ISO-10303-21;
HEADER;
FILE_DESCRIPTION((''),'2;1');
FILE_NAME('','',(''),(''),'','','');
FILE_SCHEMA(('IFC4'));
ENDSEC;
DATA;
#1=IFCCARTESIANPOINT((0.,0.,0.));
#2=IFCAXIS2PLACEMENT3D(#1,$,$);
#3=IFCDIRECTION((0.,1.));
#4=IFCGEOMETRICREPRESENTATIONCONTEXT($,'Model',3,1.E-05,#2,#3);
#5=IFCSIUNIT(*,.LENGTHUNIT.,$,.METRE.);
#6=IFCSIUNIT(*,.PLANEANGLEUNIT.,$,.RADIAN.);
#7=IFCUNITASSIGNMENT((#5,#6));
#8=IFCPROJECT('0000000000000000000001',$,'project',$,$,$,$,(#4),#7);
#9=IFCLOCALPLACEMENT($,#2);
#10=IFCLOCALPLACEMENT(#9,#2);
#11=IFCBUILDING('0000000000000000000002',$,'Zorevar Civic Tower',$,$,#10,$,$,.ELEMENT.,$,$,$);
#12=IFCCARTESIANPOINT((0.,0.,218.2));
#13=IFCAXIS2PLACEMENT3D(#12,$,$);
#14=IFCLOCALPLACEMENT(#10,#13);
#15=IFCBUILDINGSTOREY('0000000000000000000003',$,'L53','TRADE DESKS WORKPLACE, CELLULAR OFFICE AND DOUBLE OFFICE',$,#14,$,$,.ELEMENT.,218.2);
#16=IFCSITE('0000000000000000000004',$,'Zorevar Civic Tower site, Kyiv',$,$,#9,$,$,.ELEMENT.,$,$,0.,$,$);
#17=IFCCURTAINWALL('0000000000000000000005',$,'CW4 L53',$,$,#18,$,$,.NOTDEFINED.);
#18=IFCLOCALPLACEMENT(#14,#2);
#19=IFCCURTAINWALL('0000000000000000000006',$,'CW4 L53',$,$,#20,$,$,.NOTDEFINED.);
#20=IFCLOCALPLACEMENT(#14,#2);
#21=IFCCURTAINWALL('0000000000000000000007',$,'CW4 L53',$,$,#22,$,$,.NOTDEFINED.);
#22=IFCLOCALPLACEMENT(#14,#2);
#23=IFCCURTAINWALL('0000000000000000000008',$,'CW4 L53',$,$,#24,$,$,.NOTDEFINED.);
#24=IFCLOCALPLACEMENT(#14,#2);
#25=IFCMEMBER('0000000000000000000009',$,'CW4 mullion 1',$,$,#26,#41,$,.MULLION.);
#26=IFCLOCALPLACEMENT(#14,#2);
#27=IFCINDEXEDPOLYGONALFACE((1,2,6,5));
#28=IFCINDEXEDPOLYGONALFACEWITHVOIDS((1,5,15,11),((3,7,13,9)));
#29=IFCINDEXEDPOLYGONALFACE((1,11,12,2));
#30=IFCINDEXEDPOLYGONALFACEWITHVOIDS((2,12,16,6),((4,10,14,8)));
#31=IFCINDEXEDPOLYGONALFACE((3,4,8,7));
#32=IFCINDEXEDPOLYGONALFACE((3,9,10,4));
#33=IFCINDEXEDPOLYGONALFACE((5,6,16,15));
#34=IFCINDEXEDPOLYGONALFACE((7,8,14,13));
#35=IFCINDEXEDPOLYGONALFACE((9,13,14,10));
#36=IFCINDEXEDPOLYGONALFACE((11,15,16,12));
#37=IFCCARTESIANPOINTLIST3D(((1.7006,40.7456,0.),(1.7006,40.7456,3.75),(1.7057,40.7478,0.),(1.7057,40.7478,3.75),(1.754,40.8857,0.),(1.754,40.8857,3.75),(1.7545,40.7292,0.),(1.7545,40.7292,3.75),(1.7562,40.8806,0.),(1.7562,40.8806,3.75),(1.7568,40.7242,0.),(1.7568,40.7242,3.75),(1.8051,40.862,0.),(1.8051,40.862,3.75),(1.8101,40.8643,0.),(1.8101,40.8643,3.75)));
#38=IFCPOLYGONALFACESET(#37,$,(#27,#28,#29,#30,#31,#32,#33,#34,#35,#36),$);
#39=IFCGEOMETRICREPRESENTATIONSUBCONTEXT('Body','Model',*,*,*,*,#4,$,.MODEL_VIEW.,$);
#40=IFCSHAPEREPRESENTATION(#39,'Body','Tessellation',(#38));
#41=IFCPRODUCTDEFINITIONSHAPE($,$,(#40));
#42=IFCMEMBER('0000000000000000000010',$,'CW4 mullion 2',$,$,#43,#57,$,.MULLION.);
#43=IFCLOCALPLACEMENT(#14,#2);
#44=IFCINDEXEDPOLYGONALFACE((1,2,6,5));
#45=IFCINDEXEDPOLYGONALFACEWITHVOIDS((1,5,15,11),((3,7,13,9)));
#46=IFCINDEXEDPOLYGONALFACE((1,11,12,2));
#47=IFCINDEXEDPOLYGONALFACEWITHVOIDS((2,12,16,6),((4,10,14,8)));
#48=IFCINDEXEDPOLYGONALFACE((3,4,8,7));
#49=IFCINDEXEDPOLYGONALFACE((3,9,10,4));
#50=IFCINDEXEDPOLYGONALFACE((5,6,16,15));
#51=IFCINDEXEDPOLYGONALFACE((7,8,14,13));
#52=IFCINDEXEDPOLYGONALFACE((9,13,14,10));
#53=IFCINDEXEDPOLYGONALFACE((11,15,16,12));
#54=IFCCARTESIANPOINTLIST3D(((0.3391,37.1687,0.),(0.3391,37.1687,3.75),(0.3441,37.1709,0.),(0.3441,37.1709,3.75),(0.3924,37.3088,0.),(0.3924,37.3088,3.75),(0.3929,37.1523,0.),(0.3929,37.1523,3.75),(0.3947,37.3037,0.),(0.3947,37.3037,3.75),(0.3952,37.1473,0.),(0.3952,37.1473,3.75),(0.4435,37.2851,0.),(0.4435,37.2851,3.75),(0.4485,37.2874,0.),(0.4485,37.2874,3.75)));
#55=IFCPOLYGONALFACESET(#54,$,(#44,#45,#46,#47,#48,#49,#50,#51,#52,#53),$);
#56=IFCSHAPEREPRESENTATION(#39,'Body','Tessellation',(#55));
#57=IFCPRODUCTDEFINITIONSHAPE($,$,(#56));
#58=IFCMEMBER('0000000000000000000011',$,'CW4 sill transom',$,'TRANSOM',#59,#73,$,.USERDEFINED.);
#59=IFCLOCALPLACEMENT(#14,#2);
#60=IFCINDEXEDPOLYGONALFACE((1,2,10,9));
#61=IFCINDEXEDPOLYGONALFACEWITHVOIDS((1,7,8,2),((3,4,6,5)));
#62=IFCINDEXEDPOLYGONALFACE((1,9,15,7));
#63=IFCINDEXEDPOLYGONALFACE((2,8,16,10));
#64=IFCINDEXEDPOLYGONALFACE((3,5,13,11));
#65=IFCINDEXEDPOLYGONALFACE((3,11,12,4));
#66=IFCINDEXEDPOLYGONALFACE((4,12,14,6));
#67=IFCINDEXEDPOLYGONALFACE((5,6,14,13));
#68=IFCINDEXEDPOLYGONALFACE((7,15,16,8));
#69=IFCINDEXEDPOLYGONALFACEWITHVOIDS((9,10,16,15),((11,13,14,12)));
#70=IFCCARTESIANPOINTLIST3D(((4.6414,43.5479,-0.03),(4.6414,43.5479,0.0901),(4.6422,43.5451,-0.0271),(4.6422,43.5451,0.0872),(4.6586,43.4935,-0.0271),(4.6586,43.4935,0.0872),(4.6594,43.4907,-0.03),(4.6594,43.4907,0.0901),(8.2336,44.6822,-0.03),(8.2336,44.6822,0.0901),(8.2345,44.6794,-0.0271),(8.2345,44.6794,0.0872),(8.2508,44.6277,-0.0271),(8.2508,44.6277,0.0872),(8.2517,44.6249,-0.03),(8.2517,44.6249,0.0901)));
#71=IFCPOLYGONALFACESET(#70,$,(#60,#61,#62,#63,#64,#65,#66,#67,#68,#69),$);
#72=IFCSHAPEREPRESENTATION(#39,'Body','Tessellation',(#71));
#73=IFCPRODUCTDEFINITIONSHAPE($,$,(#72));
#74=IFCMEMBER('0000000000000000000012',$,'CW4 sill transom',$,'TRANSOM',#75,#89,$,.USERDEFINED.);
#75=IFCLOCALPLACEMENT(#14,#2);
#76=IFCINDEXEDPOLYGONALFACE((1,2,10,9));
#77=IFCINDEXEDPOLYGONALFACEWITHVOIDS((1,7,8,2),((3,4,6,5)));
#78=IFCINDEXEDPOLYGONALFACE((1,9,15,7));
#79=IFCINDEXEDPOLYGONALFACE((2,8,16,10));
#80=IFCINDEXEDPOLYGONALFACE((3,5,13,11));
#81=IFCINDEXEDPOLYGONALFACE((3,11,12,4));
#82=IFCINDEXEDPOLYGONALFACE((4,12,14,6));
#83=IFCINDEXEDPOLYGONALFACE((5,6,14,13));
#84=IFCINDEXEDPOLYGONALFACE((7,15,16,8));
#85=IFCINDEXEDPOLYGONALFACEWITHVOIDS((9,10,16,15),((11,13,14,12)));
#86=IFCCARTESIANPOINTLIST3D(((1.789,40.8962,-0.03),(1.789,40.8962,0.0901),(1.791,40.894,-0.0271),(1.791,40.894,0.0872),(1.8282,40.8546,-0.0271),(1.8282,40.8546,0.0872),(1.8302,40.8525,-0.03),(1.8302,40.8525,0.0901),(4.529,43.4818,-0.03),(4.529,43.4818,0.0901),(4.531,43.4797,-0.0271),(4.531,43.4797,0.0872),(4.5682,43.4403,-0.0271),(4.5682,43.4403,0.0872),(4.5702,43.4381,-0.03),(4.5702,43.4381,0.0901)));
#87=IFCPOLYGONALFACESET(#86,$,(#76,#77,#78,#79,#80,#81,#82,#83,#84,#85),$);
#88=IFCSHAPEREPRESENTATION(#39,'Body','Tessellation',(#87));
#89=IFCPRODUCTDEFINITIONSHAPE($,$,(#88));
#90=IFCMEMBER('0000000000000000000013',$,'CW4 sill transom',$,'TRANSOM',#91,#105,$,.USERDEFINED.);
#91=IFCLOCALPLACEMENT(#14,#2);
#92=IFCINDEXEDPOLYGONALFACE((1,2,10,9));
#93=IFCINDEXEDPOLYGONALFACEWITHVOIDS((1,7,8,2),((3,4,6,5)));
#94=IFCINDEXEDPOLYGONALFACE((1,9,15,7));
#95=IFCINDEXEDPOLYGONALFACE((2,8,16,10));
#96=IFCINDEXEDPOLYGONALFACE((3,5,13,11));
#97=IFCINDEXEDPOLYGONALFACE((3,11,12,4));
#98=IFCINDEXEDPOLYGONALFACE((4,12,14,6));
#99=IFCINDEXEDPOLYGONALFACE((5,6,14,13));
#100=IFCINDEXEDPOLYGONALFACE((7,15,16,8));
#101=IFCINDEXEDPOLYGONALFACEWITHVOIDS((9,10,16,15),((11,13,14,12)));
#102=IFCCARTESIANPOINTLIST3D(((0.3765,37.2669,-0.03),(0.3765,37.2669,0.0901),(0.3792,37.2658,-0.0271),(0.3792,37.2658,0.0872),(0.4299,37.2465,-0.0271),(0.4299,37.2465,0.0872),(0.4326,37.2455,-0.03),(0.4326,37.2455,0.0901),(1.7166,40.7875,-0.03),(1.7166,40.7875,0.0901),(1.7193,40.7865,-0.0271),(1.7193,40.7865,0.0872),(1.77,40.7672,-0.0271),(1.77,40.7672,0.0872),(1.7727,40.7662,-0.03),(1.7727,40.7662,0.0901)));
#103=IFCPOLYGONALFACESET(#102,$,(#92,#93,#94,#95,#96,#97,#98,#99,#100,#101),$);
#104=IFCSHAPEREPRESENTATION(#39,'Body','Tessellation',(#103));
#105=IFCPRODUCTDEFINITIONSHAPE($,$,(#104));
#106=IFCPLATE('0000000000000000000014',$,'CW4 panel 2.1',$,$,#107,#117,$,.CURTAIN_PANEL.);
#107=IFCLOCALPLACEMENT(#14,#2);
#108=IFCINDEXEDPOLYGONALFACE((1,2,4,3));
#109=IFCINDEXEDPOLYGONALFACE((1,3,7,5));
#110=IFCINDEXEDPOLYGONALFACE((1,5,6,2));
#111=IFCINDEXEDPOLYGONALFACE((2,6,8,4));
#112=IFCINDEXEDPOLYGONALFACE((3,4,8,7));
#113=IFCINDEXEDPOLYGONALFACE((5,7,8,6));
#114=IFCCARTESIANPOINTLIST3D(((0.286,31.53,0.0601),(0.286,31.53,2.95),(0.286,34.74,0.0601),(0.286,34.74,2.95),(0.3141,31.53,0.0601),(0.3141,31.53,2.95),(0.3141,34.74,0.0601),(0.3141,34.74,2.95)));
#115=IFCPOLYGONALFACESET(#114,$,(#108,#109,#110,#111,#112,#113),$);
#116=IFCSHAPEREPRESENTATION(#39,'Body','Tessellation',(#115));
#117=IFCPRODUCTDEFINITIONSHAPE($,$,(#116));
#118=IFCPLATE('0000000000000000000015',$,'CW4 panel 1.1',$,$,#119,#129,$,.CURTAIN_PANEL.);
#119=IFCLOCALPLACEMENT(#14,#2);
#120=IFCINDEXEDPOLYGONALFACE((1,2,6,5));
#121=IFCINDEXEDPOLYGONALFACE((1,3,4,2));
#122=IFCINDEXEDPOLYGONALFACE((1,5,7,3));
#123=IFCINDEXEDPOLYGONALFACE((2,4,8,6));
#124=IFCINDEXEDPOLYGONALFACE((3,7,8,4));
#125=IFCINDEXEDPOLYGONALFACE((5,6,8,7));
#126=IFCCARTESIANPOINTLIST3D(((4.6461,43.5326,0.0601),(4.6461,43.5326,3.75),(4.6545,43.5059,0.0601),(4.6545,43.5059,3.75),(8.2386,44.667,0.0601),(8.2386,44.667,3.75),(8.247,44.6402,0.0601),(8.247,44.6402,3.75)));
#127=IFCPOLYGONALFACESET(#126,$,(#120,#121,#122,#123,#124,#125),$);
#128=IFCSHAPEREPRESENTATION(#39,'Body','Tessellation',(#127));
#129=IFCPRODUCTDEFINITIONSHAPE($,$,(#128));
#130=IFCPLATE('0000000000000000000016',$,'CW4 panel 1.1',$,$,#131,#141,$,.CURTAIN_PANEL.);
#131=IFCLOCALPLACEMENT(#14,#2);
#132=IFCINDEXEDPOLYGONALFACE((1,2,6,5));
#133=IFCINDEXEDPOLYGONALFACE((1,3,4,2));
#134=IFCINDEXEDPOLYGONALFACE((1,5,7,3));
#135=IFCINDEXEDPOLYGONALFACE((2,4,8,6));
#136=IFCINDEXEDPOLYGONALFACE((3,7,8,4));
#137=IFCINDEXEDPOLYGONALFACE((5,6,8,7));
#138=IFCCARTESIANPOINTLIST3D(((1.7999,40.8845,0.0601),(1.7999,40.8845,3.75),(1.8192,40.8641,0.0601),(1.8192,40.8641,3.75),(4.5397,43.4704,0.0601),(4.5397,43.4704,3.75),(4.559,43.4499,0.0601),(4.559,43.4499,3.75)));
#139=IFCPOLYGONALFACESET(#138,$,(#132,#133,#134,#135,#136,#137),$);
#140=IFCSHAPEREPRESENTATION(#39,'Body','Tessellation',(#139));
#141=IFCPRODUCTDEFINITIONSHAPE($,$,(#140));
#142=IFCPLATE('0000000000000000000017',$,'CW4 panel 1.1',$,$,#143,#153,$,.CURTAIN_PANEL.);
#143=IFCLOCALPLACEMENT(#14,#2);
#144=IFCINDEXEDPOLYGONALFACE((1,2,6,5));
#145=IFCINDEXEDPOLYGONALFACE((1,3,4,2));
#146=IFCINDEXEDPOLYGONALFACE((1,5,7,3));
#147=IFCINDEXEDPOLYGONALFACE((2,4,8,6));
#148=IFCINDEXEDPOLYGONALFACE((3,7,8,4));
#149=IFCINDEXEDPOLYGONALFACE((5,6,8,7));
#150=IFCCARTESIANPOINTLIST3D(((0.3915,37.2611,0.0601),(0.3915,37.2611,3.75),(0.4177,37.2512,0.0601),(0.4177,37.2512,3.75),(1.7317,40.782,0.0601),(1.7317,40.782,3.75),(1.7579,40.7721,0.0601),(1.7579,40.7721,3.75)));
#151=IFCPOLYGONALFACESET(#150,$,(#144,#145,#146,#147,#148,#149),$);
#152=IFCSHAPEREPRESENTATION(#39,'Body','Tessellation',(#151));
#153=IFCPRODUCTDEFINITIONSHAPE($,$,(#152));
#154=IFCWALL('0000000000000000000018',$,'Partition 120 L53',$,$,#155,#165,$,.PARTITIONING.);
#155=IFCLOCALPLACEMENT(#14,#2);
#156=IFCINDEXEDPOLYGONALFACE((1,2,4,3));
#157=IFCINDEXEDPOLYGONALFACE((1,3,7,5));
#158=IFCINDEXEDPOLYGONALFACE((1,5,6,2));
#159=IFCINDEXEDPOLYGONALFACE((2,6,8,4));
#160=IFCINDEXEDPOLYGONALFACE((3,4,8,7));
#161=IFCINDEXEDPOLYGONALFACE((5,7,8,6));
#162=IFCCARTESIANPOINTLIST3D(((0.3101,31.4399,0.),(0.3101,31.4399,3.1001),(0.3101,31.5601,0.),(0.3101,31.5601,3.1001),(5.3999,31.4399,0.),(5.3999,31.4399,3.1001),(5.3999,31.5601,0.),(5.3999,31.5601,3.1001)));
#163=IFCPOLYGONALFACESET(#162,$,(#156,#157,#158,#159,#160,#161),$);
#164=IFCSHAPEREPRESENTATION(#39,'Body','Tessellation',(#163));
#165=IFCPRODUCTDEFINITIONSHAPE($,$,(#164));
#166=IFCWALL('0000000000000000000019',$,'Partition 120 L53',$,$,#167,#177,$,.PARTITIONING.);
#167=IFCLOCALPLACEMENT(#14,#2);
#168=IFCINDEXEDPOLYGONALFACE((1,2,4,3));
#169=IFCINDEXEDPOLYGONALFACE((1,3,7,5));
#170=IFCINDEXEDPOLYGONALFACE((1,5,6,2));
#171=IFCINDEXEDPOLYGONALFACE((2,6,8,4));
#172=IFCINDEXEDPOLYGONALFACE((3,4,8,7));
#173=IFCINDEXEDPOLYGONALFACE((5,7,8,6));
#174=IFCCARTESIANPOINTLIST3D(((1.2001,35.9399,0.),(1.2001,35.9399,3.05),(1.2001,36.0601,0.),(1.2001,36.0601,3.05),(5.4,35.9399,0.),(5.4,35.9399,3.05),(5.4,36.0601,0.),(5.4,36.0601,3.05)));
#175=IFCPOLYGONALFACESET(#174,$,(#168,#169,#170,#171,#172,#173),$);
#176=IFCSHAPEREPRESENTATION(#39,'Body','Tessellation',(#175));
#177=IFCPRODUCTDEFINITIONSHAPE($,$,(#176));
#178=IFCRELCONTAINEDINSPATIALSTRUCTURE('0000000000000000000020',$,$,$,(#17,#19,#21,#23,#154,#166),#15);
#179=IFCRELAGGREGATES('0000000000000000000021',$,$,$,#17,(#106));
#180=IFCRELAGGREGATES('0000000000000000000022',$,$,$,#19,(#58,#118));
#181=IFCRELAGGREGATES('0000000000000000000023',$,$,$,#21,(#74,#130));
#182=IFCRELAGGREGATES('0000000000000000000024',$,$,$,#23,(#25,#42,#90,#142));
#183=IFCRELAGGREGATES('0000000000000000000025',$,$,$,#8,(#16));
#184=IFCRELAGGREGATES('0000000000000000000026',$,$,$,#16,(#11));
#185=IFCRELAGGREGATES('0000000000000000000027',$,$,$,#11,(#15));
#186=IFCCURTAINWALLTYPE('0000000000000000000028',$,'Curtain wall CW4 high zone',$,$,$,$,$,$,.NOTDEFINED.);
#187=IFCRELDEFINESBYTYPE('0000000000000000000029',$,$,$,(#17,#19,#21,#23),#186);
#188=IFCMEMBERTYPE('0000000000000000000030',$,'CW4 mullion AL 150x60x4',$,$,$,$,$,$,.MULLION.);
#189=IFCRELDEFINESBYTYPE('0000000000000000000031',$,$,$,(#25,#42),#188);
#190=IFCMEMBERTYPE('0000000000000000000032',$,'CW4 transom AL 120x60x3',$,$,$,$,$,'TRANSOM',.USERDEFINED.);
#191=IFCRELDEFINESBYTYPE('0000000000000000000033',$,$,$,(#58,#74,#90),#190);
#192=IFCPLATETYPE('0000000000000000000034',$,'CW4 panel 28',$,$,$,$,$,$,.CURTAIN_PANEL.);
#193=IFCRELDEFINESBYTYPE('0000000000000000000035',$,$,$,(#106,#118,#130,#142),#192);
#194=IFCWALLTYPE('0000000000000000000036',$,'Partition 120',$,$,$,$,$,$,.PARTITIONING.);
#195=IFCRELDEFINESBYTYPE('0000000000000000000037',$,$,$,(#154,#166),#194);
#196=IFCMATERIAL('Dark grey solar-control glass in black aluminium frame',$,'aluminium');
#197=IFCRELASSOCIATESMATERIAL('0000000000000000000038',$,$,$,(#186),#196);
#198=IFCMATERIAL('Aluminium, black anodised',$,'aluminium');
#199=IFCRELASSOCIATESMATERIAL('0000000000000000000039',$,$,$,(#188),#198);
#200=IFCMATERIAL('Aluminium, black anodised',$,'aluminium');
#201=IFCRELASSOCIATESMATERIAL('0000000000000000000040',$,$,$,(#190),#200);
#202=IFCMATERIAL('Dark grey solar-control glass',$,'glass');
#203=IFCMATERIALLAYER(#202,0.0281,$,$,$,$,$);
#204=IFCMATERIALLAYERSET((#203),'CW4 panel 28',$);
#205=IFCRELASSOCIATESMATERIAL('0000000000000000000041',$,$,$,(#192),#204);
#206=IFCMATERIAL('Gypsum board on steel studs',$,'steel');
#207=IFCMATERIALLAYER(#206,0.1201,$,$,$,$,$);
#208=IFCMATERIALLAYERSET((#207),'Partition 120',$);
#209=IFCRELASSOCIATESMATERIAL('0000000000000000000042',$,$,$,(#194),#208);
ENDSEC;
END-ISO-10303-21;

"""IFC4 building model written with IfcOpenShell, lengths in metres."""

from ifc_helpers import new_model, si_unit, direction, frame, frame_2d, origin, origin_2d, place, context, subcontext, project, spatial, rectangle, hollow_rectangle, extrude, material, layer, layer_set, material_profile, profile_set, type_object, element, aggregate, save


model = new_model("IFC4")

# Units and contexts
model_context = context("Model", 3, precision=1e-05, world=origin(), true_north=direction((0.0, 1.0)))
body_context = subcontext(model_context, "Body", "Model", "MODEL_VIEW")
ifc_project = project(units=[si_unit("LENGTHUNIT", "METRE"), si_unit("PLANEANGLEUNIT", "RADIAN")], contexts=[model_context])

# Site, building, storey
site_placement = place(None, origin())
site = spatial("IfcSite", under=ifc_project, at=site_placement, Name="Zorevar Civic Tower site, Kyiv", CompositionType="ELEMENT", RefElevation=0.0)
building_placement = place(site_placement, origin())
building = spatial("IfcBuilding", under=site, at=building_placement, Name="Zorevar Civic Tower", CompositionType="ELEMENT")
storey_placement = place(building_placement, frame((0.0, 0.0, 218.2)))
storey = spatial("IfcBuildingStorey", under=building, at=storey_placement, Name="L53", Description="TRADE DESKS WORKPLACE, CELLULAR OFFICE AND DOUBLE OFFICE", CompositionType="ELEMENT", Elevation=218.2)

# Curtain walls, members
ifc_material_1 = material(Name="Dark grey solar-control glass in black aluminium frame", Category="aluminium")
curtain_wall_type = type_object("IfcCurtainWallType", Name="Curtain wall CW4 high zone", PredefinedType="NOTDEFINED", material=ifc_material_1)
curtain_wall_1_placement = place(storey_placement, origin())
curtain_wall_1 = element("IfcCurtainWall", 1, at=curtain_wall_1_placement, inside=storey, type_object=curtain_wall_type, Name="CW4 L53", PredefinedType="NOTDEFINED")
ifc_material_2 = material(Name="Aluminium, black anodised", Category="aluminium")
ifc_material_profile_1 = material_profile(ifc_material_2, hollow_rectangle(XDim=0.0601, YDim=0.1499, WallThickness=0.0039, at=origin_2d()), Name="AL 150x60x4")
ifc_profile_set_1 = profile_set([ifc_material_profile_1], Name="Aluminium, black anodised")
member_type_1 = type_object("IfcMemberType", Name="CW4 mullion AL 150x60x4", PredefinedType="MULLION", material=ifc_profile_set_1)
curtain_wall_2_placement = place(storey_placement, origin())
curtain_wall_2 = element("IfcCurtainWall", 2, at=curtain_wall_2_placement, inside=storey, type_object=curtain_wall_type, Name="CW4 L53", PredefinedType="NOTDEFINED")
curtain_wall_3_placement = place(storey_placement, origin())
curtain_wall_3 = element("IfcCurtainWall", 3, at=curtain_wall_3_placement, inside=storey, type_object=curtain_wall_type, Name="CW4 L53", PredefinedType="NOTDEFINED")
curtain_wall_4_placement = place(storey_placement, origin())
curtain_wall_4 = element("IfcCurtainWall", 4, at=curtain_wall_4_placement, inside=storey, type_object=curtain_wall_type, Name="CW4 L53", PredefinedType="NOTDEFINED")
member_1_placement = place(storey_placement, frame((1.7554, 40.8049, 0.0), z_axis=(0.0, 0.0, 1.0), x_axis=(0.934588, -0.355731, 0.0)))
member_1 = element("IfcMember", 5, at=member_1_placement, type_object=member_type_1, Name="CW4 mullion 1", PredefinedType="MULLION", context=body_context, shape_type="SweptSolid", body=[
    extrude(hollow_rectangle(XDim=0.0601, YDim=0.1499, WallThickness=0.0039, at=origin_2d()), origin(), (0.0, 0.0, 1.0), 3.75),
])
member_2_placement = place(storey_placement, frame((0.3938, 37.228, 0.0), z_axis=(0.0, 0.0, 1.0), x_axis=(0.934588, -0.355731, 0.0)))
member_2 = element("IfcMember", 6, at=member_2_placement, type_object=member_type_1, Name="CW4 mullion 2", PredefinedType="MULLION", context=body_context, shape_type="SweptSolid", body=[
    extrude(hollow_rectangle(XDim=0.0601, YDim=0.1499, WallThickness=0.0039, at=origin_2d()), origin(), (0.0, 0.0, 1.0), 3.75),
])

# Members
ifc_material_3 = material(Name="Aluminium, black anodised", Category="aluminium")
ifc_material_profile_2 = material_profile(ifc_material_3, hollow_rectangle(XDim=0.0601, YDim=0.1201, WallThickness=0.0029, at=origin_2d()), Name="AL 120x60x3")
ifc_profile_set_2 = profile_set([ifc_material_profile_2], Name="Aluminium, black anodised")
member_type_2 = type_object("IfcMemberType", Name="CW4 transom AL 120x60x3", ElementType="TRANSOM", PredefinedType="USERDEFINED", material=ifc_profile_set_2)
member_3_placement = place(storey_placement, frame((8.2427, 44.6536, 0.03), z_axis=(-0.953592, -0.3011, 0.0), x_axis=(0.3011, -0.953592, 0.0)))
member_3 = element("IfcMember", 7, at=member_3_placement, type_object=member_type_2, Name="CW4 sill transom", ObjectType="TRANSOM", PredefinedType="USERDEFINED", context=body_context, shape_type="SweptSolid", body=[
    extrude(hollow_rectangle(XDim=0.0601, YDim=0.1201, WallThickness=0.0029, at=origin_2d()), origin(), (0.0, 0.0, 1.0), 3.7671),
])
member_4_placement = place(storey_placement, frame((4.5496, 43.46, 0.03), z_axis=(-0.727288, -0.686332, 0.0), x_axis=(0.686332, -0.727288, 0.0)))
member_4 = element("IfcMember", 8, at=member_4_placement, type_object=member_type_2, Name="CW4 sill transom", ObjectType="TRANSOM", PredefinedType="USERDEFINED", context=body_context, shape_type="SweptSolid", body=[
    extrude(hollow_rectangle(XDim=0.0601, YDim=0.1201, WallThickness=0.0029, at=origin_2d()), origin(), (0.0, 0.0, 1.0), 3.7673),
])
member_5_placement = place(storey_placement, frame((1.7446, 40.7769, 0.03), z_axis=(-0.355729, -0.934589, 0.0), x_axis=(0.934589, -0.355729, 0.0)))
member_5 = element("IfcMember", 9, at=member_5_placement, type_object=member_type_2, Name="CW4 sill transom", ObjectType="TRANSOM", PredefinedType="USERDEFINED", context=body_context, shape_type="SweptSolid", body=[
    extrude(hollow_rectangle(XDim=0.0601, YDim=0.1201, WallThickness=0.0029, at=origin_2d()), origin(), (0.0, 0.0, 1.0), 3.7671),
])

# Plates
ifc_material_4 = material(Name="Dark grey solar-control glass", Category="glass")
ifc_layer_1 = layer(ifc_material_4, 0.0281)
ifc_layer_set_1 = layer_set([ifc_layer_1], Name="CW4 panel 28")
plate_type = type_object("IfcPlateType", Name="CW4 panel 28", PredefinedType="CURTAIN_PANEL", material=ifc_layer_set_1)
plate_1_placement = place(storey_placement, frame((0.3, 33.135, 0.0601), z_axis=(0.0, 0.0, 1.0), x_axis=(0.0, 1.0, 0.0)))
plate_1 = element("IfcPlate", 10, at=plate_1_placement, type_object=plate_type, Name="CW4 panel 2.1", PredefinedType="CURTAIN_PANEL", context=body_context, shape_type="SweptSolid", body=[
    extrude(rectangle(XDim=3.21, YDim=0.0281, at=origin_2d()), origin(), (0.0, 0.0, 1.0), 2.8899),
])
aggregate(curtain_wall_1, [plate_1])
plate_2_placement = place(storey_placement, frame((6.4465, 44.0864, 0.0601), z_axis=(0.0, 0.0, 1.0), x_axis=(-0.95359, -0.301108, 0.0)))
plate_2 = element("IfcPlate", 11, at=plate_2_placement, type_object=plate_type, Name="CW4 panel 1.1", PredefinedType="CURTAIN_PANEL", context=body_context, shape_type="SweptSolid", body=[
    extrude(rectangle(XDim=3.7673, YDim=0.0281, at=origin_2d()), origin(), (0.0, 0.0, 1.0), 3.6899),
])
aggregate(curtain_wall_2, [member_3, plate_2])
plate_3_placement = place(storey_placement, frame((3.1794, 42.1672, 0.0601), z_axis=(0.0, 0.0, 1.0), x_axis=(-0.727245, -0.686378, 0.0)))
plate_3 = element("IfcPlate", 12, at=plate_3_placement, type_object=plate_type, Name="CW4 panel 1.1", PredefinedType="CURTAIN_PANEL", context=body_context, shape_type="SweptSolid", body=[
    extrude(rectangle(XDim=3.7673, YDim=0.0281, at=origin_2d()), origin(), (0.0, 0.0, 1.0), 3.6899),
])
aggregate(curtain_wall_3, [member_4, plate_3])
plate_4_placement = place(storey_placement, frame((1.0747, 39.0166, 0.0601), z_axis=(0.0, 0.0, 1.0), x_axis=(-0.355731, -0.934588, 0.0)))
plate_4 = element("IfcPlate", 13, at=plate_4_placement, type_object=plate_type, Name="CW4 panel 1.1", PredefinedType="CURTAIN_PANEL", context=body_context, shape_type="SweptSolid", body=[
    extrude(rectangle(XDim=3.7673, YDim=0.0281, at=origin_2d()), origin(), (0.0, 0.0, 1.0), 3.6899),
])
aggregate(curtain_wall_4, [member_1, member_2, member_5, plate_4])

# Walls
ifc_material_5 = material(Name="Gypsum board on steel studs", Category="steel")
ifc_layer_2 = layer(ifc_material_5, 0.1201)
ifc_layer_set_2 = layer_set([ifc_layer_2], Name="Partition 120")
wall_type = type_object("IfcWallType", Name="Partition 120", PredefinedType="PARTITIONING", material=ifc_layer_set_2)
wall_1_placement = place(storey_placement, frame((0.3101, 31.5, 0.0), z_axis=(0.0, 0.0, 1.0), x_axis=(1.0, 0.0, 0.0)))
element("IfcWall", 14, at=wall_1_placement, inside=storey, type_object=wall_type, Name="Partition 120 L53", PredefinedType="PARTITIONING", context=body_context, shape_type="SweptSolid", body=[
    extrude(rectangle(XDim=5.0898, YDim=0.1201, at=frame_2d((2.5449, 0.0))), origin(), (0.0, 0.0, 1.0), 3.1001),
])
wall_2_placement = place(storey_placement, frame((1.2, 36.0, 0.0), z_axis=(0.0, 0.0, 1.0), x_axis=(1.0, 0.0, 0.0)))
element("IfcWall", 15, at=wall_2_placement, inside=storey, type_object=wall_type, Name="Partition 120 L53", PredefinedType="PARTITIONING", context=body_context, shape_type="SweptSolid", body=[
    extrude(rectangle(XDim=4.2, YDim=0.1201, at=frame_2d((2.1001, 0.0))), origin(), (0.0, 0.0, 1.0), 3.05),
])

save(model, "model.ifc")
